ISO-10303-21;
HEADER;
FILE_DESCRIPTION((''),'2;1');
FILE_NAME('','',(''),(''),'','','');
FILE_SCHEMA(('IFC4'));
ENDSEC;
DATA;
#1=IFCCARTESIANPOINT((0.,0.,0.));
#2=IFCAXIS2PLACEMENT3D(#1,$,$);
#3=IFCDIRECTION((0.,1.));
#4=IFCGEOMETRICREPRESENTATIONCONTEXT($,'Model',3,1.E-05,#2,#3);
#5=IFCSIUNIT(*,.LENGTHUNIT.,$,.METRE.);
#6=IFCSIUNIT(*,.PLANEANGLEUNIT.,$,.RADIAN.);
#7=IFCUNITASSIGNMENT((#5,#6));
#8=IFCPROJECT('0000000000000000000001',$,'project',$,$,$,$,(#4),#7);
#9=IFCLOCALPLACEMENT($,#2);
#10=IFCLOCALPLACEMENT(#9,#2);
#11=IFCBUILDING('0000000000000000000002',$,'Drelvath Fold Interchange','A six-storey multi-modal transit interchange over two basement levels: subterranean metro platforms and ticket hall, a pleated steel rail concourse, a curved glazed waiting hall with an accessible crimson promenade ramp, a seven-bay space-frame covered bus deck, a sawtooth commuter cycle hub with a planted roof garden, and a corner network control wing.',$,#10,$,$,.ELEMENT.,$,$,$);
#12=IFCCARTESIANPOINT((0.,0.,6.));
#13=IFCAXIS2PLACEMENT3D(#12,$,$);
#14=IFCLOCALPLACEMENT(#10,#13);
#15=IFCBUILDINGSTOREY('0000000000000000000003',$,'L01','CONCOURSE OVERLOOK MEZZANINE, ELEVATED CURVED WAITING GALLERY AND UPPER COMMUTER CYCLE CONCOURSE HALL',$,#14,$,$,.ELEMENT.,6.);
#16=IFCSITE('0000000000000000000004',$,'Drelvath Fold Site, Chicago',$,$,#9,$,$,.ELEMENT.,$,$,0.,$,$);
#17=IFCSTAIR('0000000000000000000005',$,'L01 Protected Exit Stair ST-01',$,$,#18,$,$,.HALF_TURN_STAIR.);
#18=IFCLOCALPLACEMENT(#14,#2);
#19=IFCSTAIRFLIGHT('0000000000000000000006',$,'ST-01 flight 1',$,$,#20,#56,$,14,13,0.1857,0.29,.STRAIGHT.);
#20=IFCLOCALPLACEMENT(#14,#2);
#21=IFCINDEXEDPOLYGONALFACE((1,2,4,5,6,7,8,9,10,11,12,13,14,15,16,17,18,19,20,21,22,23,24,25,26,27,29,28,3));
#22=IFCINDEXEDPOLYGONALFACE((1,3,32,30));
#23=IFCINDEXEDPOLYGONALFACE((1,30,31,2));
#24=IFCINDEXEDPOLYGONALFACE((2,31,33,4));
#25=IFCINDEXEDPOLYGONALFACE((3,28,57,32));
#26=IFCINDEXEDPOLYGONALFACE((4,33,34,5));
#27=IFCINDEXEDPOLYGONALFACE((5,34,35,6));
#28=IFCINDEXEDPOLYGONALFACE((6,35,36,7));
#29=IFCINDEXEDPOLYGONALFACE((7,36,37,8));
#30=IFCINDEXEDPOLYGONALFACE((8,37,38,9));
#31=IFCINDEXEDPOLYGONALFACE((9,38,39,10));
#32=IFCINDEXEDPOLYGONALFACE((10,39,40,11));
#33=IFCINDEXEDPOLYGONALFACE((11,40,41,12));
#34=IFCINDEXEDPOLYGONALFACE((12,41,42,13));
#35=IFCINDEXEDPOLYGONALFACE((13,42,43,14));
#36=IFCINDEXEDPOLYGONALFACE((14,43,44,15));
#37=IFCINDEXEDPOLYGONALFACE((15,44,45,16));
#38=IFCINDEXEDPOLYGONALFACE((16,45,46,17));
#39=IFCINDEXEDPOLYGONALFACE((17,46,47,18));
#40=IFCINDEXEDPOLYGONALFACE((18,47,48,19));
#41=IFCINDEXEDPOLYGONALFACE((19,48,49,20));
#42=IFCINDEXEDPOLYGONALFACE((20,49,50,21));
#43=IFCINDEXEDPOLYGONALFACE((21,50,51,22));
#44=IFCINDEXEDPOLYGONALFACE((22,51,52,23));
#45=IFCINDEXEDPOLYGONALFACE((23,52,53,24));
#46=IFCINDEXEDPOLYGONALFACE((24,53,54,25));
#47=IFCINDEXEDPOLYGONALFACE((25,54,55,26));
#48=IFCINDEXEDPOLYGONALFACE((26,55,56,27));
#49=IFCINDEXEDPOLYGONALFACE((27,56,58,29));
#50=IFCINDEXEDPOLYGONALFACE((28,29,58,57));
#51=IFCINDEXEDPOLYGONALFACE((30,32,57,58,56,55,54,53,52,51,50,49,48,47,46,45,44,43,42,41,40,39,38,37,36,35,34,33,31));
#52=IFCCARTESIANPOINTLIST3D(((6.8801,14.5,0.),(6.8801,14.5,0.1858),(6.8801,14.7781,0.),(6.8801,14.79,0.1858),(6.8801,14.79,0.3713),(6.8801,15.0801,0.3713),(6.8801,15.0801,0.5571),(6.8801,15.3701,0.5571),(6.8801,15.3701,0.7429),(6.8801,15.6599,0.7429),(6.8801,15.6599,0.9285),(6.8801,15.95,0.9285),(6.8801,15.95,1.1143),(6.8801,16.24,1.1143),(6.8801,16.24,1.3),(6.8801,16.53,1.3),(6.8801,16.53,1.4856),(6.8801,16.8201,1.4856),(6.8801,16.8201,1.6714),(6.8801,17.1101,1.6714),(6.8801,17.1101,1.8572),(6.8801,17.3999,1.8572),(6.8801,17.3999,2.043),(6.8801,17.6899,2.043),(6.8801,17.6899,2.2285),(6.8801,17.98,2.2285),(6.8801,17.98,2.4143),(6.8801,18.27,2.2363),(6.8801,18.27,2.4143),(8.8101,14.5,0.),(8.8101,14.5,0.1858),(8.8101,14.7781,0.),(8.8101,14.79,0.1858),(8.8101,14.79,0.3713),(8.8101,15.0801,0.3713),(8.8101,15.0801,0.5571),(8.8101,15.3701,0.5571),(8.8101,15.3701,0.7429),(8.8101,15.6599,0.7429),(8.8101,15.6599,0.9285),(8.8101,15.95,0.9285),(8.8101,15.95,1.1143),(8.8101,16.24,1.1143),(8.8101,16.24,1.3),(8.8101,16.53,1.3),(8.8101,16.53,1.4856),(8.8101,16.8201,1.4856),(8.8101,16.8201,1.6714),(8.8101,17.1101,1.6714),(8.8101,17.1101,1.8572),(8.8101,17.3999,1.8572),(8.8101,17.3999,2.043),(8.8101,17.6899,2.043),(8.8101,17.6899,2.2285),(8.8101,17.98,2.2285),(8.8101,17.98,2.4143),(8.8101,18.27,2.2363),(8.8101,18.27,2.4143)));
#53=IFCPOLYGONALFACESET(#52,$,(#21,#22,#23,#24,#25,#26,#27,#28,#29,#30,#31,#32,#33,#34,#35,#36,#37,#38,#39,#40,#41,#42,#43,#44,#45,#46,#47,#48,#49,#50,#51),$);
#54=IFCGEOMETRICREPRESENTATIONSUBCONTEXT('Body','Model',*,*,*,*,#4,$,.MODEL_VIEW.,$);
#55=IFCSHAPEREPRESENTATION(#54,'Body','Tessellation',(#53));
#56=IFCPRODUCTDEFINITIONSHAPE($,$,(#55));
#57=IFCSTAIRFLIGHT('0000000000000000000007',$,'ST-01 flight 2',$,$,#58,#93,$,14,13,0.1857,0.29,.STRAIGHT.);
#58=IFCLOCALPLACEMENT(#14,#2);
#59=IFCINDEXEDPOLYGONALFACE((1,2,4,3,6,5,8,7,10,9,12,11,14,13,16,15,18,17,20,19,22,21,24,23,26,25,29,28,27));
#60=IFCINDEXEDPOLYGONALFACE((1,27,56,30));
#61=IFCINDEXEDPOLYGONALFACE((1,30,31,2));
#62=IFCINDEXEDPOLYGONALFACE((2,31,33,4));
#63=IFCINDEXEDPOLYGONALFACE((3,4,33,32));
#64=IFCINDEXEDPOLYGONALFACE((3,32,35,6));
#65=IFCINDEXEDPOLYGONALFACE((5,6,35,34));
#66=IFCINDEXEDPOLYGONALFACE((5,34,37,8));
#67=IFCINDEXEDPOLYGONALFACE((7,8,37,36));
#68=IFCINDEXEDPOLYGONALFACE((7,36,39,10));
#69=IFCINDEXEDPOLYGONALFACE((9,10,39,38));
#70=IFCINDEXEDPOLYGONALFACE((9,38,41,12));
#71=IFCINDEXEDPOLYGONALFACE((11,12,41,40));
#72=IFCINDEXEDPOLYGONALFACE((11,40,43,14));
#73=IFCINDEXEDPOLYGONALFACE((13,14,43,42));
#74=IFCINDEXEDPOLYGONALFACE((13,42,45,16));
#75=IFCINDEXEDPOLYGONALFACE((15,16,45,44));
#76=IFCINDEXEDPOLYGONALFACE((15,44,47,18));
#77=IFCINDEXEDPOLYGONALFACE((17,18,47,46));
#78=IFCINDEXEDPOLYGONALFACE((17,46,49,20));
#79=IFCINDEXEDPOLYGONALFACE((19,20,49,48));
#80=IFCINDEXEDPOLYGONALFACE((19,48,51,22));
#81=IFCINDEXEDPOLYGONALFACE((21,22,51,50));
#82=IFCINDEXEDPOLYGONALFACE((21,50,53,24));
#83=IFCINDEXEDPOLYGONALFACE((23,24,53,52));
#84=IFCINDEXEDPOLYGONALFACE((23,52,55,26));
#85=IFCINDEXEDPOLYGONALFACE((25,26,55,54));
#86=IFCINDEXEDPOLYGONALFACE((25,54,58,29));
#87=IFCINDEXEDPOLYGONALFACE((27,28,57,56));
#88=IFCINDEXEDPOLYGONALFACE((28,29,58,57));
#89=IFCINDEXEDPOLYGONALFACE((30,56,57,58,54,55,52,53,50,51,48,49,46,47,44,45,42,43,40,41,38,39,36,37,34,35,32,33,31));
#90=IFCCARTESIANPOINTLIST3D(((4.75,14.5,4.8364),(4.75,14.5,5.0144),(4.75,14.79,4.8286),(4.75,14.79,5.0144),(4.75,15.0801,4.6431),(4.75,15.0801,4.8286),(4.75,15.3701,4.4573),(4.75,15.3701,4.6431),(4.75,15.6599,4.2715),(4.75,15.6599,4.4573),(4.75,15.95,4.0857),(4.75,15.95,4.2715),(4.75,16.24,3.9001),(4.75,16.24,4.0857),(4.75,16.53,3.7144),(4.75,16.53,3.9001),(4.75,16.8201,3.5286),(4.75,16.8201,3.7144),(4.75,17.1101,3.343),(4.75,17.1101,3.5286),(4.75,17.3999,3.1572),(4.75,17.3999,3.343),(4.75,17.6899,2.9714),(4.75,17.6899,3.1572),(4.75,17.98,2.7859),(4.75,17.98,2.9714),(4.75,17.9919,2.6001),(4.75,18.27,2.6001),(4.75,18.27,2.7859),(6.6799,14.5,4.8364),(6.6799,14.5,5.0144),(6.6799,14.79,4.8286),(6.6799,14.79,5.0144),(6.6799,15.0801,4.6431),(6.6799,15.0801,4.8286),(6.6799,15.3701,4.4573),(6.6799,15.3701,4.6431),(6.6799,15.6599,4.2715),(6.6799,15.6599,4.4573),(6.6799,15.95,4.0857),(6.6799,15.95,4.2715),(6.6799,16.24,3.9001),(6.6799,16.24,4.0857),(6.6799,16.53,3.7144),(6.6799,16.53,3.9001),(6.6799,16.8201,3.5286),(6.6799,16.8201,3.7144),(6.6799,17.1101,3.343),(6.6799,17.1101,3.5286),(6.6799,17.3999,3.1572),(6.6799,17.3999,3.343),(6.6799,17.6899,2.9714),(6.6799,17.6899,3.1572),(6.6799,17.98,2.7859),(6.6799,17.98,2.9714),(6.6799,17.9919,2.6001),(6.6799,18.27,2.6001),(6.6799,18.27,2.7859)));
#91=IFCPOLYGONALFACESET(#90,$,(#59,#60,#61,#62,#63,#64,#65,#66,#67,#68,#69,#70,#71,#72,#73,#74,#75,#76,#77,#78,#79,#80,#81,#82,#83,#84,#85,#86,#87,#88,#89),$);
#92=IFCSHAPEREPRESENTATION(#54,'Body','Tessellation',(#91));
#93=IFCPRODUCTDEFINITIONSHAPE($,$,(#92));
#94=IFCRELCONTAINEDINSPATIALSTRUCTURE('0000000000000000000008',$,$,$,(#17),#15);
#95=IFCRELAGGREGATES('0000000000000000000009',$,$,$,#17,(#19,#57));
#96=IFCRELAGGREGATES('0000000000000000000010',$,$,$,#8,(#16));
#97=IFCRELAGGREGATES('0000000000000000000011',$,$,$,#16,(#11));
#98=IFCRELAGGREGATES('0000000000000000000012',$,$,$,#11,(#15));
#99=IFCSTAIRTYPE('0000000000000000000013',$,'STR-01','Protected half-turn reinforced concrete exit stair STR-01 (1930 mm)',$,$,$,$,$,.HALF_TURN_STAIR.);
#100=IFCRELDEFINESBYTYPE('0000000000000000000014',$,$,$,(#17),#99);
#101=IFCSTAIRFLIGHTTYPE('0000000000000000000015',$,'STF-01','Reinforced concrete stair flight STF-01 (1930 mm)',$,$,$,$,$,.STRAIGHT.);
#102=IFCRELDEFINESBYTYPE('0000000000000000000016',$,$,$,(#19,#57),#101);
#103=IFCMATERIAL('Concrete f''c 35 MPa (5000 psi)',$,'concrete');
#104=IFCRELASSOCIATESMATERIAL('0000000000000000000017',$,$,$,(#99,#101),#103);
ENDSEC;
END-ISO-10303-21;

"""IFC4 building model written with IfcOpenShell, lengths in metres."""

from ifc_helpers import new_model, si_unit, direction, frame, origin, place, context, subcontext, project, spatial, polyline, outline, extrude, material, type_object, element, aggregate, save


model = new_model("IFC4")

# Units and contexts
model_context = context("Model", 3, precision=1e-05, world=origin(), true_north=direction((0.0, 1.0)))
body_context = subcontext(model_context, "Body", "Model", "MODEL_VIEW")
ifc_project = project(units=[si_unit("LENGTHUNIT", "METRE"), si_unit("PLANEANGLEUNIT", "RADIAN")], contexts=[model_context])

# Site, building, storey
site_placement = place(None, origin())
site = spatial("IfcSite", under=ifc_project, at=site_placement, Name="Drelvath Fold Site, Chicago", CompositionType="ELEMENT", RefElevation=0.0)
building_placement = place(site_placement, origin())
building = spatial("IfcBuilding", under=site, at=building_placement, Name="Drelvath Fold Interchange", Description="A six-storey multi-modal transit interchange over two basement levels: subterranean metro platforms and ticket hall, a pleated steel rail concourse, a curved glazed waiting hall with an accessible crimson promenade ramp, a seven-bay space-frame covered bus deck, a sawtooth commuter cycle hub with a planted roof garden, and a corner network control wing.", CompositionType="ELEMENT")
storey_placement = place(building_placement, frame((0.0, 0.0, 6.0)))
storey = spatial("IfcBuildingStorey", under=building, at=storey_placement, Name="L01", Description="CONCOURSE OVERLOOK MEZZANINE, ELEVATED CURVED WAITING GALLERY AND UPPER COMMUTER CYCLE CONCOURSE HALL", CompositionType="ELEMENT", Elevation=6.0)

# Stair, stair flights
ifc_material_1 = material(Name="Concrete f'c 35 MPa (5000 psi)", Category="concrete")
stair_type = type_object("IfcStairType", Name="STR-01", Description="Protected half-turn reinforced concrete exit stair STR-01 (1930 mm)", PredefinedType="HALF_TURN_STAIR", material=ifc_material_1)
stair_placement = place(storey_placement, origin())
stair = element("IfcStair", 1, at=stair_placement, inside=storey, type_object=stair_type, Name="L01 Protected Exit Stair ST-01", PredefinedType="HALF_TURN_STAIR")
stair_flight_type = type_object("IfcStairFlightType", Name="STF-01", Description="Reinforced concrete stair flight STF-01 (1930 mm)", PredefinedType="STRAIGHT", material=ifc_material_1)
stair_flight_1_placement = place(storey_placement, frame((7.845, 14.5, 0.0), z_axis=(0.0, 0.0, 1.0), x_axis=(0.0, 1.0, 0.0)))
stair_flight_1 = element("IfcStairFlight", 2, at=stair_flight_1_placement, type_object=stair_flight_type, Name="ST-01 flight 1", NumberOfRisers=14, NumberOfTreads=13, PredefinedType="STRAIGHT", RiserHeight=0.1857, TreadLength=0.29, context=body_context, shape_type="SweptSolid", body=[
    extrude(outline(polyline([(0.0, 0.0), (0.0, 0.1858), (0.29, 0.1858), (0.29, 0.3713), (0.5801, 0.3713), (0.5801, 0.5571), (0.8701, 0.5571), (0.8701, 0.7429), (1.1599, 0.7429), (1.1599, 0.9285), (1.45, 0.9285), (1.45, 1.1143), (1.74, 1.1143), (1.74, 1.3), (2.03, 1.3), (2.03, 1.4856), (2.3201, 1.4856), (2.3201, 1.6714), (2.6101, 1.6714), (2.6101, 1.8572), (2.8999, 1.8572), (2.8999, 2.043), (3.1899, 2.043), (3.1899, 2.2285), (3.48, 2.2285), (3.48, 2.4143), (3.77, 2.4143), (3.77, 2.6001), (3.77, 2.2363), (0.2781, 0.0), (0.0, 0.0)])), frame((0.0, 0.9648, 0.0), z_axis=(0.0, -1.0, 0.0), x_axis=(1.0, 0.0, 0.0)), (0.0, 0.0, 1.0), 1.9299),
])
stair_flight_2_placement = place(storey_placement, frame((5.7151, 18.27, 2.6001), z_axis=(0.0, 0.0, 1.0), x_axis=(0.0, -1.0, 0.0)))
stair_flight_2 = element("IfcStairFlight", 3, at=stair_flight_2_placement, type_object=stair_flight_type, Name="ST-01 flight 2", NumberOfRisers=14, NumberOfTreads=13, PredefinedType="STRAIGHT", RiserHeight=0.1857, TreadLength=0.29, context=body_context, shape_type="SweptSolid", body=[
    extrude(outline(polyline([(0.0, 0.0), (0.0, 0.1858), (0.29, 0.1858), (0.29, 0.3713), (0.5801, 0.3713), (0.5801, 0.5571), (0.8701, 0.5571), (0.8701, 0.7429), (1.1599, 0.7429), (1.1599, 0.9285), (1.45, 0.9285), (1.45, 1.1143), (1.74, 1.1143), (1.74, 1.3), (2.03, 1.3), (2.03, 1.4856), (2.3201, 1.4856), (2.3201, 1.6714), (2.6101, 1.6714), (2.6101, 1.8572), (2.8999, 1.8572), (2.8999, 2.043), (3.1899, 2.043), (3.1899, 2.2285), (3.48, 2.2285), (3.48, 2.4143), (3.77, 2.4143), (3.77, 2.6001), (3.77, 2.2363), (0.2781, 0.0), (0.0, 0.0)])), frame((0.0, 0.9648, 0.0), z_axis=(0.0, -1.0, 0.0), x_axis=(1.0, 0.0, 0.0)), (0.0, 0.0, 1.0), 1.9299),
])
aggregate(stair, [stair_flight_1, stair_flight_2])

save(model, "model.ifc")
